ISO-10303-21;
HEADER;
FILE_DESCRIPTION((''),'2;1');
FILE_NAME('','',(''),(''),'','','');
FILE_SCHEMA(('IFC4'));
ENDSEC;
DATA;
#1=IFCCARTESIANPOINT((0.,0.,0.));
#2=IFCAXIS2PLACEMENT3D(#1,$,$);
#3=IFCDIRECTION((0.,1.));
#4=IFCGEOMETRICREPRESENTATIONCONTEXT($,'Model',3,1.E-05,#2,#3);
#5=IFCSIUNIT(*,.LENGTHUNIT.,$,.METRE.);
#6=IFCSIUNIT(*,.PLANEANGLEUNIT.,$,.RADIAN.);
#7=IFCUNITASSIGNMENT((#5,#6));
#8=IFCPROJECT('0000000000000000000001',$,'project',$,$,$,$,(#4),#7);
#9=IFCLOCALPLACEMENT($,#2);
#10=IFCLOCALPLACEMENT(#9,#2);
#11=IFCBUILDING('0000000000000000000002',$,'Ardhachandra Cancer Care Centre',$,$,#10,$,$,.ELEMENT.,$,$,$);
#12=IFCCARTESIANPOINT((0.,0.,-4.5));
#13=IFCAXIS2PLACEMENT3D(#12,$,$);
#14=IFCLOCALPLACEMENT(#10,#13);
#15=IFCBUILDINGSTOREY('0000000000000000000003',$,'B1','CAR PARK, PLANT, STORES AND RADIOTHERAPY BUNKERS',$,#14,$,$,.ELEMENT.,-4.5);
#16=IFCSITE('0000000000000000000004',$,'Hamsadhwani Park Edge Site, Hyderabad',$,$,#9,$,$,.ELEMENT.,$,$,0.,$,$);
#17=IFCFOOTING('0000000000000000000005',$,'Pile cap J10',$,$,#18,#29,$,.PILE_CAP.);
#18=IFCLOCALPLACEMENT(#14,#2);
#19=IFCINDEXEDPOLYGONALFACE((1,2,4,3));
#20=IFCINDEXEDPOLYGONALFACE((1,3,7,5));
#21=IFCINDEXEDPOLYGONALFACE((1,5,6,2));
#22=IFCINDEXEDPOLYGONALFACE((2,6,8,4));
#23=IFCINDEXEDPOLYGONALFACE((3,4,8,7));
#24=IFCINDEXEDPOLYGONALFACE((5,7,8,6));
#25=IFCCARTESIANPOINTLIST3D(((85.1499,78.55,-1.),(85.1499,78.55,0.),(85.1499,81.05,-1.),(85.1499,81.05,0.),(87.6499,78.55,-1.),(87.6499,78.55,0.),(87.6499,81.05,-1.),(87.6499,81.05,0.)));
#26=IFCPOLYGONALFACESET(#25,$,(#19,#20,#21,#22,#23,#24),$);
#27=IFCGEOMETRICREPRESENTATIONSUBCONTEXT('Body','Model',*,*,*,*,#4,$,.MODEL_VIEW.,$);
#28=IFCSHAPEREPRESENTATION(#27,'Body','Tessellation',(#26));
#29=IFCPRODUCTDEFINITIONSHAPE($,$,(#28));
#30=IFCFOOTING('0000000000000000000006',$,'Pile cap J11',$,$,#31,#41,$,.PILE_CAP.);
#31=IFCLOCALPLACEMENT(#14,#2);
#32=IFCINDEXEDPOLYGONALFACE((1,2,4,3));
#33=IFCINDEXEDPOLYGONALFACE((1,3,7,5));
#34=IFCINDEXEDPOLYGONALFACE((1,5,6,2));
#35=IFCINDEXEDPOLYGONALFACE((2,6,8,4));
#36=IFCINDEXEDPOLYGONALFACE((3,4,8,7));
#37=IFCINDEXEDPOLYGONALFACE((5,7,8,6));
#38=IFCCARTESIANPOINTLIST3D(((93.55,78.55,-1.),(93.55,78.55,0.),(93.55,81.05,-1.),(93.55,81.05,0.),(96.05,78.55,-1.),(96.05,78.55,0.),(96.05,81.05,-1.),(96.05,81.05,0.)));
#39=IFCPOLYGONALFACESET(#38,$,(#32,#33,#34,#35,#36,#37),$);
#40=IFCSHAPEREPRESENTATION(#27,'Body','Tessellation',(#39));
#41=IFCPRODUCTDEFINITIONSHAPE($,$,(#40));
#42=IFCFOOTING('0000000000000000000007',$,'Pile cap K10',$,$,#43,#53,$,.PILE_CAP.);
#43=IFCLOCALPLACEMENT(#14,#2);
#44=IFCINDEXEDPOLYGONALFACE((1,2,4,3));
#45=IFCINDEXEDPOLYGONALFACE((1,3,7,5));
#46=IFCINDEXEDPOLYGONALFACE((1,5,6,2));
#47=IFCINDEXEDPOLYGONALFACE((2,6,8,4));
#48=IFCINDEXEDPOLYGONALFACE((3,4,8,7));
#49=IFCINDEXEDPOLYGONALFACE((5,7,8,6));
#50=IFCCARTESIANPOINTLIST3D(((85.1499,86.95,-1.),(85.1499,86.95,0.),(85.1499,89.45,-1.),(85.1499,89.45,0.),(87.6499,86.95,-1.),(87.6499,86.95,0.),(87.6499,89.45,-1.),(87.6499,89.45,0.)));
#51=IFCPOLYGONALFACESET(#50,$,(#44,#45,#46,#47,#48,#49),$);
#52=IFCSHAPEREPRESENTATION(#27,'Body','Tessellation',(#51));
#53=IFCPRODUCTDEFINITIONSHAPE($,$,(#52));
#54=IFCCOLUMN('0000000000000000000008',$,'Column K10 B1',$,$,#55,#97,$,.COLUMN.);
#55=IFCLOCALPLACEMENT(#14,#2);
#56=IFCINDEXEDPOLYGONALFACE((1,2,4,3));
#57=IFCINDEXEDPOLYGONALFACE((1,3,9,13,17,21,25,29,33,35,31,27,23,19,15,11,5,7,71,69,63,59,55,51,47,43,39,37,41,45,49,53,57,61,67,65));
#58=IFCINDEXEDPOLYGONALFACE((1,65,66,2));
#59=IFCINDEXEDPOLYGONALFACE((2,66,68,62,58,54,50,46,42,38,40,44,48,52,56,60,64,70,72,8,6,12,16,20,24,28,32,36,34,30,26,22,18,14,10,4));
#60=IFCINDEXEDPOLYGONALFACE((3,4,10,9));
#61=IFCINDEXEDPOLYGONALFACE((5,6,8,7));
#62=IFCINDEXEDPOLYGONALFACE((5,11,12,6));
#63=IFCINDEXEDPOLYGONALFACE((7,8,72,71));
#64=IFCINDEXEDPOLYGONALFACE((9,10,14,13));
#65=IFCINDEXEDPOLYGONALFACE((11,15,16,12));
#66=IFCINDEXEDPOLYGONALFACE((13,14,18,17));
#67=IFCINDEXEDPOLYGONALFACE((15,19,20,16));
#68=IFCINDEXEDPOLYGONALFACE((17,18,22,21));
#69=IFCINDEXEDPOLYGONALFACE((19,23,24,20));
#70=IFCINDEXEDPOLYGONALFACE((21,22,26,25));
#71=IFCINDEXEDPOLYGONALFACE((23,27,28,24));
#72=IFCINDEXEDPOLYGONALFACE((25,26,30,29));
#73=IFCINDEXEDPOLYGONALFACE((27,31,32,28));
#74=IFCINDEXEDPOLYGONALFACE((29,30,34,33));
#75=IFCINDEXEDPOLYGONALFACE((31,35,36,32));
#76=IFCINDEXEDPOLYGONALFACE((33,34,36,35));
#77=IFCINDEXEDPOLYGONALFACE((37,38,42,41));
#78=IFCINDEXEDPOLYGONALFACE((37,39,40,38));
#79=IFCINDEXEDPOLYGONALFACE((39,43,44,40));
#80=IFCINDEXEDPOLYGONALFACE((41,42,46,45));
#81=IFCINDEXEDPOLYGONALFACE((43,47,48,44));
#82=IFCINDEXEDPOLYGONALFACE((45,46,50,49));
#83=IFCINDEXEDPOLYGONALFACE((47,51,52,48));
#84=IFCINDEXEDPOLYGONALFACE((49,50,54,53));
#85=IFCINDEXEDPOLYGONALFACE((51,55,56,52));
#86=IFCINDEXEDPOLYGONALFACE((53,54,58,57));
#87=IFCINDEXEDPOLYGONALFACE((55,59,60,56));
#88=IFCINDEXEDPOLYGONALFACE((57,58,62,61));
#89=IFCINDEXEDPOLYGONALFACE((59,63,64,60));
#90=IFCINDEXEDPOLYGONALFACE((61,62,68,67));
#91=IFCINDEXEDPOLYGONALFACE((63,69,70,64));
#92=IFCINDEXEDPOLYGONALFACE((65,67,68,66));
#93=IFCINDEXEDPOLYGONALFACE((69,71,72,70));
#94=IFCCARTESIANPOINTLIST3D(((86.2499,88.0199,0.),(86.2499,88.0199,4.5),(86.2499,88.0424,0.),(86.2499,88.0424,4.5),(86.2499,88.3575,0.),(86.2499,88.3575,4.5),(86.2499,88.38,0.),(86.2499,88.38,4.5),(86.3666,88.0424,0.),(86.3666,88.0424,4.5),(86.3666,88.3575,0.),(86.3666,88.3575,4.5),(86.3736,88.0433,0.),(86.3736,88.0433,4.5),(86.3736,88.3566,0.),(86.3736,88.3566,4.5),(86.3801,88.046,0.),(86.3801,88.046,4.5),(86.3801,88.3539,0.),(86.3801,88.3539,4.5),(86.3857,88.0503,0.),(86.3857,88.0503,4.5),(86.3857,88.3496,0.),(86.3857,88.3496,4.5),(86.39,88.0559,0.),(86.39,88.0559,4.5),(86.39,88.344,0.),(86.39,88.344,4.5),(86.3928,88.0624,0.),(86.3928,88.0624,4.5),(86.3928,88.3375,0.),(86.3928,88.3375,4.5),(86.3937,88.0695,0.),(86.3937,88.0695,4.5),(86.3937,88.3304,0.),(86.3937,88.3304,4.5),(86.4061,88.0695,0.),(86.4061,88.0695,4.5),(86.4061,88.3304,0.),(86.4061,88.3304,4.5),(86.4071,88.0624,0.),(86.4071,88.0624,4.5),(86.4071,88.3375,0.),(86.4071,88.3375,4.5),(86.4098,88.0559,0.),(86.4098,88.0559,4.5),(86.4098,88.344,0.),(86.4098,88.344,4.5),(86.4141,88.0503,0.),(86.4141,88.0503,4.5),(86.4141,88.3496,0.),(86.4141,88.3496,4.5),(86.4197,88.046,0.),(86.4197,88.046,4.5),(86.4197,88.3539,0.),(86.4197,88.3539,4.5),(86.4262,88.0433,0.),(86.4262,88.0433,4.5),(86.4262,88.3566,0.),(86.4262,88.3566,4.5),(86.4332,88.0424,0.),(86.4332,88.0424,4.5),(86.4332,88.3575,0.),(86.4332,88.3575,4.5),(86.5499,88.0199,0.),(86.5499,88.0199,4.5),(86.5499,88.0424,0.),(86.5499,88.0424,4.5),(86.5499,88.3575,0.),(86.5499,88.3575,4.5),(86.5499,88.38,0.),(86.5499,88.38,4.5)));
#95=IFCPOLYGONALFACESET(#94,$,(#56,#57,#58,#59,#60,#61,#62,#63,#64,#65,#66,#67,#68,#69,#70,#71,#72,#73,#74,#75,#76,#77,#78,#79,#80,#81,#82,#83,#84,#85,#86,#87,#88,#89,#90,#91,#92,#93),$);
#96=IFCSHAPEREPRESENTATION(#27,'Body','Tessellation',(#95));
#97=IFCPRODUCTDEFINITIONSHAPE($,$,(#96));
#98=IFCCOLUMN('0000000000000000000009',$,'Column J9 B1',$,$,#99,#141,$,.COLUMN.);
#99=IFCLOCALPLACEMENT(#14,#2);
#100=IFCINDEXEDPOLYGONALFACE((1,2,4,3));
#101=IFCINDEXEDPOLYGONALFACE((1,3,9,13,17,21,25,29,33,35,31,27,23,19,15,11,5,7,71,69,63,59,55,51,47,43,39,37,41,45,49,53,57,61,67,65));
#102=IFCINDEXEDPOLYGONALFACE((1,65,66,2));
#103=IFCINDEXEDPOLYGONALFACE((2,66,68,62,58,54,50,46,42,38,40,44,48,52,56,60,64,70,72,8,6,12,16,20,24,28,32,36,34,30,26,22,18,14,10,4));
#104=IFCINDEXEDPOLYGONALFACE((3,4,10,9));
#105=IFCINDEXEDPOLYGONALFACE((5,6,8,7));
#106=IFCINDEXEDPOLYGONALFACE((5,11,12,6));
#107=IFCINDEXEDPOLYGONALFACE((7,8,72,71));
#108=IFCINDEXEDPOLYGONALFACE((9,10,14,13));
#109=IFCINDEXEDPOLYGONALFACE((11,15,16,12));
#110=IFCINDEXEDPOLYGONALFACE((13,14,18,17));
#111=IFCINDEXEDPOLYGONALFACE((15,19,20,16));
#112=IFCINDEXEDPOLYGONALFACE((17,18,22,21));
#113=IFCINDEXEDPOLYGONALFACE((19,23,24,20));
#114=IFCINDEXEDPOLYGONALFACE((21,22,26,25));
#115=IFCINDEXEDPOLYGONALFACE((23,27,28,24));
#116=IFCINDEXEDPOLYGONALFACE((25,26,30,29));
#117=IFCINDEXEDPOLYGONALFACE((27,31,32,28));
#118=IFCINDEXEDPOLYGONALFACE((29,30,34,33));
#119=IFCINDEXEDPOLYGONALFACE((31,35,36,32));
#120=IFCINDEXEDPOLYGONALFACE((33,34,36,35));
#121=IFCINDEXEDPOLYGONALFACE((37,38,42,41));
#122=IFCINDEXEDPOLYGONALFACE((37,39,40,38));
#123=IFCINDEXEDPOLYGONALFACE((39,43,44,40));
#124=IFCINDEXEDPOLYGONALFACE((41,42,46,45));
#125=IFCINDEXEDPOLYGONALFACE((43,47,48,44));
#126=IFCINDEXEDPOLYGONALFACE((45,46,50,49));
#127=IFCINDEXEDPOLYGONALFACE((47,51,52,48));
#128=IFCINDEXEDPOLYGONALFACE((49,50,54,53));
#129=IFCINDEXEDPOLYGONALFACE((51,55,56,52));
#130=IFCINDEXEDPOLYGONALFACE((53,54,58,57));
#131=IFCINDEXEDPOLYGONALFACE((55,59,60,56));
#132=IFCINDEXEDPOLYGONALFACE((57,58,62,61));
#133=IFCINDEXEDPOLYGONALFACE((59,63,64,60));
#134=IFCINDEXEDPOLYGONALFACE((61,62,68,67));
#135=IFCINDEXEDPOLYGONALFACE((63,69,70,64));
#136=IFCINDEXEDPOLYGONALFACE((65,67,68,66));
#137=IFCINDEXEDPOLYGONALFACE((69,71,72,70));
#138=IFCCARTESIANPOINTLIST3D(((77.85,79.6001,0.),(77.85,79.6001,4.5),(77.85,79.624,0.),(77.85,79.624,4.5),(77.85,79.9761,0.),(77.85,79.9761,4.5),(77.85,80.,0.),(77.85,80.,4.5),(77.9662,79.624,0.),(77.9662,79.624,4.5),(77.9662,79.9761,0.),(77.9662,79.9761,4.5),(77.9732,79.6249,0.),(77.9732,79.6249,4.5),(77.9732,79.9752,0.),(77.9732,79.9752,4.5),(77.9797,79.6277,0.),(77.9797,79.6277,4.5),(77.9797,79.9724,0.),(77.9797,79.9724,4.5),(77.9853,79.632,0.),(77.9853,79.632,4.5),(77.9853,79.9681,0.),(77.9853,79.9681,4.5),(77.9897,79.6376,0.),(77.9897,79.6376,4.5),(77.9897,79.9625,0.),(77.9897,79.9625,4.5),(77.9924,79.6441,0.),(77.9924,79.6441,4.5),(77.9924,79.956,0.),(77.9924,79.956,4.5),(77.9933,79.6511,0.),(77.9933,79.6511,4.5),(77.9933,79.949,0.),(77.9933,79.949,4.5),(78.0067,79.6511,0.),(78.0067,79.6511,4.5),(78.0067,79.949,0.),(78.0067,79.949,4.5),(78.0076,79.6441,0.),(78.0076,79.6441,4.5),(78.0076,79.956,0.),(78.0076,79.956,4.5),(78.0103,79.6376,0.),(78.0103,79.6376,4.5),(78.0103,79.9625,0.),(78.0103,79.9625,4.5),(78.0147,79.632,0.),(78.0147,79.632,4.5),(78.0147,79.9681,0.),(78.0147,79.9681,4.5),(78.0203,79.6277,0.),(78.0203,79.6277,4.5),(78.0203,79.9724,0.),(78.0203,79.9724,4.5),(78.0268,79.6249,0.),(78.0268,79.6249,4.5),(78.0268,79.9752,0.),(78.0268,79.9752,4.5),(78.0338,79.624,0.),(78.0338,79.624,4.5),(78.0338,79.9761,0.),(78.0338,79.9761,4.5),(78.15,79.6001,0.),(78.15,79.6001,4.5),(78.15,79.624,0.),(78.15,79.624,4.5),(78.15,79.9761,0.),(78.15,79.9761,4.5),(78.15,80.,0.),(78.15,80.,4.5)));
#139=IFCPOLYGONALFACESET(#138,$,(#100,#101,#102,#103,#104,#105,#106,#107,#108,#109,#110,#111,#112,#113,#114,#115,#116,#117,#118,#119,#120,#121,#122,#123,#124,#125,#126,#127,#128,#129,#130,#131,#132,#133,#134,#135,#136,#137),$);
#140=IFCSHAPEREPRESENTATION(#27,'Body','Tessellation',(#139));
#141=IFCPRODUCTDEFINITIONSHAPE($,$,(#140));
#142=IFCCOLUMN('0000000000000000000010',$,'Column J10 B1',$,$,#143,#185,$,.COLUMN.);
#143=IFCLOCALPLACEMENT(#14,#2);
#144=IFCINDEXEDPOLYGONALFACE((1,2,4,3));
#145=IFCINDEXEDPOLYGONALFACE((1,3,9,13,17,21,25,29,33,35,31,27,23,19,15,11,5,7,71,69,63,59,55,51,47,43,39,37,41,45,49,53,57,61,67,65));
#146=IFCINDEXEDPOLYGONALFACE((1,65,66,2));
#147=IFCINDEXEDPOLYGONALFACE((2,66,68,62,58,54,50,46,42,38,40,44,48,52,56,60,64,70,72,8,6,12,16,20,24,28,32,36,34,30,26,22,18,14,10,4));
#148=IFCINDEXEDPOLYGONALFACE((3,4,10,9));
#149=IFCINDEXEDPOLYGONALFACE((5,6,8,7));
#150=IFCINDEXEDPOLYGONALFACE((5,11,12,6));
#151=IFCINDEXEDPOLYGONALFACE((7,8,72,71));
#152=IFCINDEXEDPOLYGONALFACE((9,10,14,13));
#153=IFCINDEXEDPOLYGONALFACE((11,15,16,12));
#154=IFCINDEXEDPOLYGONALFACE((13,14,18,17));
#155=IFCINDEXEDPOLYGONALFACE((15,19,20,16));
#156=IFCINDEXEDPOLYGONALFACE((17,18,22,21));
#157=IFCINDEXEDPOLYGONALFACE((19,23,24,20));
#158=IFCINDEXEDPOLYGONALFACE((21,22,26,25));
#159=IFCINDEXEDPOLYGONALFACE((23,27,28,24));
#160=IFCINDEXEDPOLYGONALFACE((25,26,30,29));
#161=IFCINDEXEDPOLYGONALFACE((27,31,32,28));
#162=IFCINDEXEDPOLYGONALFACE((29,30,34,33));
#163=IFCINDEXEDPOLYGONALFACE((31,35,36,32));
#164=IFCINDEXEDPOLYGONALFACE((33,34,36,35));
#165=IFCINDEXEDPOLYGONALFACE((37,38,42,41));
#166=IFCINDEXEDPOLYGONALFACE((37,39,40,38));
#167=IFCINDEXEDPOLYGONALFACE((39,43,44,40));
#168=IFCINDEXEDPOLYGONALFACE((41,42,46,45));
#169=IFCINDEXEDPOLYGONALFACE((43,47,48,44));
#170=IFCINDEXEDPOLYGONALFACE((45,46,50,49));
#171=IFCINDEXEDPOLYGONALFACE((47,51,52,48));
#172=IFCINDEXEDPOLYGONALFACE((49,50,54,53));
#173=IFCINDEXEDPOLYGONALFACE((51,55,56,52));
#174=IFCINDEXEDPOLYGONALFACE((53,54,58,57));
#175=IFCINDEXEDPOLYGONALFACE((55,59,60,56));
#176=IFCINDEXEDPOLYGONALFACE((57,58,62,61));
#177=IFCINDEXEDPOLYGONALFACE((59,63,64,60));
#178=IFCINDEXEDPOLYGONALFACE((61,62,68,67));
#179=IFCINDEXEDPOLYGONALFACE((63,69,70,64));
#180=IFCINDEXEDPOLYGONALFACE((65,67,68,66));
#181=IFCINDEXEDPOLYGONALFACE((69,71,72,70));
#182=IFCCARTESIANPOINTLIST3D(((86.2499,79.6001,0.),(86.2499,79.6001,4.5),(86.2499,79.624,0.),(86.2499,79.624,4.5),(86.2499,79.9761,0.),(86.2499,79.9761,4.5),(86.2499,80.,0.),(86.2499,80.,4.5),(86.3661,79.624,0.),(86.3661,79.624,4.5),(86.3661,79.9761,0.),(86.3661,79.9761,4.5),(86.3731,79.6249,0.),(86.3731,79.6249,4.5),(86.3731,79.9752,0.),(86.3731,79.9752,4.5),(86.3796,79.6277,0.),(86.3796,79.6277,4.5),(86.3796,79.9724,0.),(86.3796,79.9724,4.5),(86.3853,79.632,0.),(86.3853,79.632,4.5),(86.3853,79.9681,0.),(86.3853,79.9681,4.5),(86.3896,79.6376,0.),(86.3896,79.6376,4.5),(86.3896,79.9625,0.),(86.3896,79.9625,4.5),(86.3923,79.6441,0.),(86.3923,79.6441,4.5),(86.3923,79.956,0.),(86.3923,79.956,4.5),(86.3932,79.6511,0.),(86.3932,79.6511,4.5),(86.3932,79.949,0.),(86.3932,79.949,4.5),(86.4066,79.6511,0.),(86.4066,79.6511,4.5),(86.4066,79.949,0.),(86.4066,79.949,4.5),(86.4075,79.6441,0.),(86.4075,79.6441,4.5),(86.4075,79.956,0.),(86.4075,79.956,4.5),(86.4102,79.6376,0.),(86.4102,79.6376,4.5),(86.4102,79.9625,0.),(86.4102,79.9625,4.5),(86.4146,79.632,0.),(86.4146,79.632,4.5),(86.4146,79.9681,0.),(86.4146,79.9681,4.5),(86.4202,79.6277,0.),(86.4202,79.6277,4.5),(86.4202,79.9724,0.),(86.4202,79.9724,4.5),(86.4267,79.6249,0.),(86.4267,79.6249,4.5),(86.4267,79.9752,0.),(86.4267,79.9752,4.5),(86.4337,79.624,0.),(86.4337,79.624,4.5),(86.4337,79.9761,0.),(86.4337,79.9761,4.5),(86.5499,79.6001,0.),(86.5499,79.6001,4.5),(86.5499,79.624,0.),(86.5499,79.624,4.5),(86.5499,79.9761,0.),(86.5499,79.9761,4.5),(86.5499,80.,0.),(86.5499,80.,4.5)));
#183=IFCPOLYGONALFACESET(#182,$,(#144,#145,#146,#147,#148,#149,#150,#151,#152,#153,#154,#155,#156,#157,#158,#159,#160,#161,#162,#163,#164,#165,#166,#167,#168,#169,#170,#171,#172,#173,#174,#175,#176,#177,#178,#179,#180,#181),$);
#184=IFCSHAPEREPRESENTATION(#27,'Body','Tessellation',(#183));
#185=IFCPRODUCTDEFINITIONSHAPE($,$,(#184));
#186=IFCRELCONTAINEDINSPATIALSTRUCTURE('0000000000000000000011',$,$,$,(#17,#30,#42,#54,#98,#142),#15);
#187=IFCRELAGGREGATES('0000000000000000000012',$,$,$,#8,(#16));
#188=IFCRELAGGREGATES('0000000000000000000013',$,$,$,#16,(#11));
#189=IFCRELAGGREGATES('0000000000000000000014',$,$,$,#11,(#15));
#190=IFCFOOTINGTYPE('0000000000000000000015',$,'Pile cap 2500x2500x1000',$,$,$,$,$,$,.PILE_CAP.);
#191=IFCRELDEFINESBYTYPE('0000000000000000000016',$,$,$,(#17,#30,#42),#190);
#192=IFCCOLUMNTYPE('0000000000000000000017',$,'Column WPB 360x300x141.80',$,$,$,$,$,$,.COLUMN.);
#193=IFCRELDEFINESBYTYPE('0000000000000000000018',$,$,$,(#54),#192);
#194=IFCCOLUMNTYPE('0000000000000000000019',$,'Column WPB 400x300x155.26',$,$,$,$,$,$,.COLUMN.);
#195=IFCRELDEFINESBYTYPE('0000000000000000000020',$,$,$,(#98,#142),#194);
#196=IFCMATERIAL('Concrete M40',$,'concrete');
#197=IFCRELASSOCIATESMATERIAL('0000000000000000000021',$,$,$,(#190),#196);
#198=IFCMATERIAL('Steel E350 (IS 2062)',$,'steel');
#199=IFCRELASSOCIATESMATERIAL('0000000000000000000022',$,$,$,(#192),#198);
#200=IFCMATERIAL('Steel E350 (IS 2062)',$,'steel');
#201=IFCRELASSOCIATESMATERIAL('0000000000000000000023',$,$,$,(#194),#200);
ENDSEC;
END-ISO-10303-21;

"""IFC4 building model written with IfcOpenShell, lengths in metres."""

from ifc_helpers import new_model, si_unit, direction, frame, origin, origin_2d, place, context, subcontext, project, spatial, rectangle, i_section, extrude, material, material_profile, profile_set, type_object, element, save


model = new_model("IFC4")

# Units and contexts
model_context = context("Model", 3, precision=1e-05, world=origin(), true_north=direction((0.0, 1.0)))
body_context = subcontext(model_context, "Body", "Model", "MODEL_VIEW")
ifc_project = project(units=[si_unit("LENGTHUNIT", "METRE"), si_unit("PLANEANGLEUNIT", "RADIAN")], contexts=[model_context])

# Site, building, storey
site_placement = place(None, origin())
site = spatial("IfcSite", under=ifc_project, at=site_placement, Name="Hamsadhwani Park Edge Site, Hyderabad", CompositionType="ELEMENT", RefElevation=0.0)
building_placement = place(site_placement, origin())
building = spatial("IfcBuilding", under=site, at=building_placement, Name="Ardhachandra Cancer Care Centre", CompositionType="ELEMENT")
storey_placement = place(building_placement, frame((0.0, 0.0, -4.5)))
storey = spatial("IfcBuildingStorey", under=building, at=storey_placement, Name="B1", Description="CAR PARK, PLANT, STORES AND RADIOTHERAPY BUNKERS", CompositionType="ELEMENT", Elevation=-4.5)

# Footings
ifc_material_1 = material(Name="Concrete M40", Category="concrete")
footing_type = type_object("IfcFootingType", Name="Pile cap 2500x2500x1000", PredefinedType="PILE_CAP", material=ifc_material_1)
for number, where, z_axis, x_axis, name in (
    (1, (86.3999, 79.8, -1.0), (0.0, 0.0, 1.0), (1.0, 0.0, 0.0), "Pile cap J10"),
    (2, (94.8, 79.8, -1.0), (0.0, 0.0, 1.0), (1.0, 0.0, 0.0), "Pile cap J11"),
    (3, (86.3999, 88.2, -1.0), (0.0, 0.0, 1.0), (1.0, 0.0, 0.0), "Pile cap K10"),
):
    element("IfcFooting", number, at=place(storey_placement, frame(where, z_axis=z_axis, x_axis=x_axis)), inside=storey, type_object=footing_type, Name=name, PredefinedType="PILE_CAP", context=body_context, shape_type="SweptSolid", body=[
        extrude(rectangle(XDim=2.5, YDim=2.5, at=origin_2d()), origin(), (0.0, 0.0, 1.0), 1.0),
    ])

# Columns
ifc_material_2 = material(Name="Steel E350 (IS 2062)", Category="steel")
ifc_material_profile_1 = material_profile(ifc_material_2, i_section(OverallWidth=0.3, OverallDepth=0.3601, WebThickness=0.0125, FlangeThickness=0.0225, FilletRadius=0.0271, at=origin_2d()), Name="WPB 360x300x141.80")
ifc_profile_set_1 = profile_set([ifc_material_profile_1], Name="Steel E350 (IS 2062)")
column_type_1 = type_object("IfcColumnType", Name="Column WPB 360x300x141.80", PredefinedType="COLUMN", material=ifc_profile_set_1)
column_placement = place(storey_placement, frame((86.3999, 88.2, 0.0), z_axis=(0.0, 0.0, 1.0), x_axis=(1.0, 0.0, 0.0)))
element("IfcColumn", 4, at=column_placement, inside=storey, type_object=column_type_1, Name="Column K10 B1", PredefinedType="COLUMN", context=body_context, shape_type="SweptSolid", body=[
    extrude(i_section(OverallWidth=0.3, OverallDepth=0.3601, WebThickness=0.0125, FlangeThickness=0.0225, FilletRadius=0.0271, at=origin_2d()), origin(), (0.0, 0.0, 1.0), 4.5),
])
ifc_material_3 = material(Name="Steel E350 (IS 2062)", Category="steel")
ifc_material_profile_2 = material_profile(ifc_material_3, i_section(OverallWidth=0.3, OverallDepth=0.3999, WebThickness=0.0134, FlangeThickness=0.0239, FilletRadius=0.0271, at=origin_2d()), Name="WPB 400x300x155.26")
ifc_profile_set_2 = profile_set([ifc_material_profile_2], Name="Steel E350 (IS 2062)")
column_type_2 = type_object("IfcColumnType", Name="Column WPB 400x300x155.26", PredefinedType="COLUMN", material=ifc_profile_set_2)
for number, where, z_axis, x_axis, name in (
    (5, (78.0, 79.8, 0.0), (0.0, 0.0, 1.0), (1.0, 0.0, 0.0), "Column J9 B1"),
    (6, (86.3999, 79.8, 0.0), (0.0, 0.0, 1.0), (1.0, 0.0, 0.0), "Column J10 B1"),
):
    element("IfcColumn", number, at=place(storey_placement, frame(where, z_axis=z_axis, x_axis=x_axis)), inside=storey, type_object=column_type_2, Name=name, PredefinedType="COLUMN", context=body_context, shape_type="SweptSolid", body=[
        extrude(i_section(OverallWidth=0.3, OverallDepth=0.3999, WebThickness=0.0134, FlangeThickness=0.0239, FilletRadius=0.0271, at=origin_2d()), origin(), (0.0, 0.0, 1.0), 4.5),
    ])

save(model, "model.ifc")
